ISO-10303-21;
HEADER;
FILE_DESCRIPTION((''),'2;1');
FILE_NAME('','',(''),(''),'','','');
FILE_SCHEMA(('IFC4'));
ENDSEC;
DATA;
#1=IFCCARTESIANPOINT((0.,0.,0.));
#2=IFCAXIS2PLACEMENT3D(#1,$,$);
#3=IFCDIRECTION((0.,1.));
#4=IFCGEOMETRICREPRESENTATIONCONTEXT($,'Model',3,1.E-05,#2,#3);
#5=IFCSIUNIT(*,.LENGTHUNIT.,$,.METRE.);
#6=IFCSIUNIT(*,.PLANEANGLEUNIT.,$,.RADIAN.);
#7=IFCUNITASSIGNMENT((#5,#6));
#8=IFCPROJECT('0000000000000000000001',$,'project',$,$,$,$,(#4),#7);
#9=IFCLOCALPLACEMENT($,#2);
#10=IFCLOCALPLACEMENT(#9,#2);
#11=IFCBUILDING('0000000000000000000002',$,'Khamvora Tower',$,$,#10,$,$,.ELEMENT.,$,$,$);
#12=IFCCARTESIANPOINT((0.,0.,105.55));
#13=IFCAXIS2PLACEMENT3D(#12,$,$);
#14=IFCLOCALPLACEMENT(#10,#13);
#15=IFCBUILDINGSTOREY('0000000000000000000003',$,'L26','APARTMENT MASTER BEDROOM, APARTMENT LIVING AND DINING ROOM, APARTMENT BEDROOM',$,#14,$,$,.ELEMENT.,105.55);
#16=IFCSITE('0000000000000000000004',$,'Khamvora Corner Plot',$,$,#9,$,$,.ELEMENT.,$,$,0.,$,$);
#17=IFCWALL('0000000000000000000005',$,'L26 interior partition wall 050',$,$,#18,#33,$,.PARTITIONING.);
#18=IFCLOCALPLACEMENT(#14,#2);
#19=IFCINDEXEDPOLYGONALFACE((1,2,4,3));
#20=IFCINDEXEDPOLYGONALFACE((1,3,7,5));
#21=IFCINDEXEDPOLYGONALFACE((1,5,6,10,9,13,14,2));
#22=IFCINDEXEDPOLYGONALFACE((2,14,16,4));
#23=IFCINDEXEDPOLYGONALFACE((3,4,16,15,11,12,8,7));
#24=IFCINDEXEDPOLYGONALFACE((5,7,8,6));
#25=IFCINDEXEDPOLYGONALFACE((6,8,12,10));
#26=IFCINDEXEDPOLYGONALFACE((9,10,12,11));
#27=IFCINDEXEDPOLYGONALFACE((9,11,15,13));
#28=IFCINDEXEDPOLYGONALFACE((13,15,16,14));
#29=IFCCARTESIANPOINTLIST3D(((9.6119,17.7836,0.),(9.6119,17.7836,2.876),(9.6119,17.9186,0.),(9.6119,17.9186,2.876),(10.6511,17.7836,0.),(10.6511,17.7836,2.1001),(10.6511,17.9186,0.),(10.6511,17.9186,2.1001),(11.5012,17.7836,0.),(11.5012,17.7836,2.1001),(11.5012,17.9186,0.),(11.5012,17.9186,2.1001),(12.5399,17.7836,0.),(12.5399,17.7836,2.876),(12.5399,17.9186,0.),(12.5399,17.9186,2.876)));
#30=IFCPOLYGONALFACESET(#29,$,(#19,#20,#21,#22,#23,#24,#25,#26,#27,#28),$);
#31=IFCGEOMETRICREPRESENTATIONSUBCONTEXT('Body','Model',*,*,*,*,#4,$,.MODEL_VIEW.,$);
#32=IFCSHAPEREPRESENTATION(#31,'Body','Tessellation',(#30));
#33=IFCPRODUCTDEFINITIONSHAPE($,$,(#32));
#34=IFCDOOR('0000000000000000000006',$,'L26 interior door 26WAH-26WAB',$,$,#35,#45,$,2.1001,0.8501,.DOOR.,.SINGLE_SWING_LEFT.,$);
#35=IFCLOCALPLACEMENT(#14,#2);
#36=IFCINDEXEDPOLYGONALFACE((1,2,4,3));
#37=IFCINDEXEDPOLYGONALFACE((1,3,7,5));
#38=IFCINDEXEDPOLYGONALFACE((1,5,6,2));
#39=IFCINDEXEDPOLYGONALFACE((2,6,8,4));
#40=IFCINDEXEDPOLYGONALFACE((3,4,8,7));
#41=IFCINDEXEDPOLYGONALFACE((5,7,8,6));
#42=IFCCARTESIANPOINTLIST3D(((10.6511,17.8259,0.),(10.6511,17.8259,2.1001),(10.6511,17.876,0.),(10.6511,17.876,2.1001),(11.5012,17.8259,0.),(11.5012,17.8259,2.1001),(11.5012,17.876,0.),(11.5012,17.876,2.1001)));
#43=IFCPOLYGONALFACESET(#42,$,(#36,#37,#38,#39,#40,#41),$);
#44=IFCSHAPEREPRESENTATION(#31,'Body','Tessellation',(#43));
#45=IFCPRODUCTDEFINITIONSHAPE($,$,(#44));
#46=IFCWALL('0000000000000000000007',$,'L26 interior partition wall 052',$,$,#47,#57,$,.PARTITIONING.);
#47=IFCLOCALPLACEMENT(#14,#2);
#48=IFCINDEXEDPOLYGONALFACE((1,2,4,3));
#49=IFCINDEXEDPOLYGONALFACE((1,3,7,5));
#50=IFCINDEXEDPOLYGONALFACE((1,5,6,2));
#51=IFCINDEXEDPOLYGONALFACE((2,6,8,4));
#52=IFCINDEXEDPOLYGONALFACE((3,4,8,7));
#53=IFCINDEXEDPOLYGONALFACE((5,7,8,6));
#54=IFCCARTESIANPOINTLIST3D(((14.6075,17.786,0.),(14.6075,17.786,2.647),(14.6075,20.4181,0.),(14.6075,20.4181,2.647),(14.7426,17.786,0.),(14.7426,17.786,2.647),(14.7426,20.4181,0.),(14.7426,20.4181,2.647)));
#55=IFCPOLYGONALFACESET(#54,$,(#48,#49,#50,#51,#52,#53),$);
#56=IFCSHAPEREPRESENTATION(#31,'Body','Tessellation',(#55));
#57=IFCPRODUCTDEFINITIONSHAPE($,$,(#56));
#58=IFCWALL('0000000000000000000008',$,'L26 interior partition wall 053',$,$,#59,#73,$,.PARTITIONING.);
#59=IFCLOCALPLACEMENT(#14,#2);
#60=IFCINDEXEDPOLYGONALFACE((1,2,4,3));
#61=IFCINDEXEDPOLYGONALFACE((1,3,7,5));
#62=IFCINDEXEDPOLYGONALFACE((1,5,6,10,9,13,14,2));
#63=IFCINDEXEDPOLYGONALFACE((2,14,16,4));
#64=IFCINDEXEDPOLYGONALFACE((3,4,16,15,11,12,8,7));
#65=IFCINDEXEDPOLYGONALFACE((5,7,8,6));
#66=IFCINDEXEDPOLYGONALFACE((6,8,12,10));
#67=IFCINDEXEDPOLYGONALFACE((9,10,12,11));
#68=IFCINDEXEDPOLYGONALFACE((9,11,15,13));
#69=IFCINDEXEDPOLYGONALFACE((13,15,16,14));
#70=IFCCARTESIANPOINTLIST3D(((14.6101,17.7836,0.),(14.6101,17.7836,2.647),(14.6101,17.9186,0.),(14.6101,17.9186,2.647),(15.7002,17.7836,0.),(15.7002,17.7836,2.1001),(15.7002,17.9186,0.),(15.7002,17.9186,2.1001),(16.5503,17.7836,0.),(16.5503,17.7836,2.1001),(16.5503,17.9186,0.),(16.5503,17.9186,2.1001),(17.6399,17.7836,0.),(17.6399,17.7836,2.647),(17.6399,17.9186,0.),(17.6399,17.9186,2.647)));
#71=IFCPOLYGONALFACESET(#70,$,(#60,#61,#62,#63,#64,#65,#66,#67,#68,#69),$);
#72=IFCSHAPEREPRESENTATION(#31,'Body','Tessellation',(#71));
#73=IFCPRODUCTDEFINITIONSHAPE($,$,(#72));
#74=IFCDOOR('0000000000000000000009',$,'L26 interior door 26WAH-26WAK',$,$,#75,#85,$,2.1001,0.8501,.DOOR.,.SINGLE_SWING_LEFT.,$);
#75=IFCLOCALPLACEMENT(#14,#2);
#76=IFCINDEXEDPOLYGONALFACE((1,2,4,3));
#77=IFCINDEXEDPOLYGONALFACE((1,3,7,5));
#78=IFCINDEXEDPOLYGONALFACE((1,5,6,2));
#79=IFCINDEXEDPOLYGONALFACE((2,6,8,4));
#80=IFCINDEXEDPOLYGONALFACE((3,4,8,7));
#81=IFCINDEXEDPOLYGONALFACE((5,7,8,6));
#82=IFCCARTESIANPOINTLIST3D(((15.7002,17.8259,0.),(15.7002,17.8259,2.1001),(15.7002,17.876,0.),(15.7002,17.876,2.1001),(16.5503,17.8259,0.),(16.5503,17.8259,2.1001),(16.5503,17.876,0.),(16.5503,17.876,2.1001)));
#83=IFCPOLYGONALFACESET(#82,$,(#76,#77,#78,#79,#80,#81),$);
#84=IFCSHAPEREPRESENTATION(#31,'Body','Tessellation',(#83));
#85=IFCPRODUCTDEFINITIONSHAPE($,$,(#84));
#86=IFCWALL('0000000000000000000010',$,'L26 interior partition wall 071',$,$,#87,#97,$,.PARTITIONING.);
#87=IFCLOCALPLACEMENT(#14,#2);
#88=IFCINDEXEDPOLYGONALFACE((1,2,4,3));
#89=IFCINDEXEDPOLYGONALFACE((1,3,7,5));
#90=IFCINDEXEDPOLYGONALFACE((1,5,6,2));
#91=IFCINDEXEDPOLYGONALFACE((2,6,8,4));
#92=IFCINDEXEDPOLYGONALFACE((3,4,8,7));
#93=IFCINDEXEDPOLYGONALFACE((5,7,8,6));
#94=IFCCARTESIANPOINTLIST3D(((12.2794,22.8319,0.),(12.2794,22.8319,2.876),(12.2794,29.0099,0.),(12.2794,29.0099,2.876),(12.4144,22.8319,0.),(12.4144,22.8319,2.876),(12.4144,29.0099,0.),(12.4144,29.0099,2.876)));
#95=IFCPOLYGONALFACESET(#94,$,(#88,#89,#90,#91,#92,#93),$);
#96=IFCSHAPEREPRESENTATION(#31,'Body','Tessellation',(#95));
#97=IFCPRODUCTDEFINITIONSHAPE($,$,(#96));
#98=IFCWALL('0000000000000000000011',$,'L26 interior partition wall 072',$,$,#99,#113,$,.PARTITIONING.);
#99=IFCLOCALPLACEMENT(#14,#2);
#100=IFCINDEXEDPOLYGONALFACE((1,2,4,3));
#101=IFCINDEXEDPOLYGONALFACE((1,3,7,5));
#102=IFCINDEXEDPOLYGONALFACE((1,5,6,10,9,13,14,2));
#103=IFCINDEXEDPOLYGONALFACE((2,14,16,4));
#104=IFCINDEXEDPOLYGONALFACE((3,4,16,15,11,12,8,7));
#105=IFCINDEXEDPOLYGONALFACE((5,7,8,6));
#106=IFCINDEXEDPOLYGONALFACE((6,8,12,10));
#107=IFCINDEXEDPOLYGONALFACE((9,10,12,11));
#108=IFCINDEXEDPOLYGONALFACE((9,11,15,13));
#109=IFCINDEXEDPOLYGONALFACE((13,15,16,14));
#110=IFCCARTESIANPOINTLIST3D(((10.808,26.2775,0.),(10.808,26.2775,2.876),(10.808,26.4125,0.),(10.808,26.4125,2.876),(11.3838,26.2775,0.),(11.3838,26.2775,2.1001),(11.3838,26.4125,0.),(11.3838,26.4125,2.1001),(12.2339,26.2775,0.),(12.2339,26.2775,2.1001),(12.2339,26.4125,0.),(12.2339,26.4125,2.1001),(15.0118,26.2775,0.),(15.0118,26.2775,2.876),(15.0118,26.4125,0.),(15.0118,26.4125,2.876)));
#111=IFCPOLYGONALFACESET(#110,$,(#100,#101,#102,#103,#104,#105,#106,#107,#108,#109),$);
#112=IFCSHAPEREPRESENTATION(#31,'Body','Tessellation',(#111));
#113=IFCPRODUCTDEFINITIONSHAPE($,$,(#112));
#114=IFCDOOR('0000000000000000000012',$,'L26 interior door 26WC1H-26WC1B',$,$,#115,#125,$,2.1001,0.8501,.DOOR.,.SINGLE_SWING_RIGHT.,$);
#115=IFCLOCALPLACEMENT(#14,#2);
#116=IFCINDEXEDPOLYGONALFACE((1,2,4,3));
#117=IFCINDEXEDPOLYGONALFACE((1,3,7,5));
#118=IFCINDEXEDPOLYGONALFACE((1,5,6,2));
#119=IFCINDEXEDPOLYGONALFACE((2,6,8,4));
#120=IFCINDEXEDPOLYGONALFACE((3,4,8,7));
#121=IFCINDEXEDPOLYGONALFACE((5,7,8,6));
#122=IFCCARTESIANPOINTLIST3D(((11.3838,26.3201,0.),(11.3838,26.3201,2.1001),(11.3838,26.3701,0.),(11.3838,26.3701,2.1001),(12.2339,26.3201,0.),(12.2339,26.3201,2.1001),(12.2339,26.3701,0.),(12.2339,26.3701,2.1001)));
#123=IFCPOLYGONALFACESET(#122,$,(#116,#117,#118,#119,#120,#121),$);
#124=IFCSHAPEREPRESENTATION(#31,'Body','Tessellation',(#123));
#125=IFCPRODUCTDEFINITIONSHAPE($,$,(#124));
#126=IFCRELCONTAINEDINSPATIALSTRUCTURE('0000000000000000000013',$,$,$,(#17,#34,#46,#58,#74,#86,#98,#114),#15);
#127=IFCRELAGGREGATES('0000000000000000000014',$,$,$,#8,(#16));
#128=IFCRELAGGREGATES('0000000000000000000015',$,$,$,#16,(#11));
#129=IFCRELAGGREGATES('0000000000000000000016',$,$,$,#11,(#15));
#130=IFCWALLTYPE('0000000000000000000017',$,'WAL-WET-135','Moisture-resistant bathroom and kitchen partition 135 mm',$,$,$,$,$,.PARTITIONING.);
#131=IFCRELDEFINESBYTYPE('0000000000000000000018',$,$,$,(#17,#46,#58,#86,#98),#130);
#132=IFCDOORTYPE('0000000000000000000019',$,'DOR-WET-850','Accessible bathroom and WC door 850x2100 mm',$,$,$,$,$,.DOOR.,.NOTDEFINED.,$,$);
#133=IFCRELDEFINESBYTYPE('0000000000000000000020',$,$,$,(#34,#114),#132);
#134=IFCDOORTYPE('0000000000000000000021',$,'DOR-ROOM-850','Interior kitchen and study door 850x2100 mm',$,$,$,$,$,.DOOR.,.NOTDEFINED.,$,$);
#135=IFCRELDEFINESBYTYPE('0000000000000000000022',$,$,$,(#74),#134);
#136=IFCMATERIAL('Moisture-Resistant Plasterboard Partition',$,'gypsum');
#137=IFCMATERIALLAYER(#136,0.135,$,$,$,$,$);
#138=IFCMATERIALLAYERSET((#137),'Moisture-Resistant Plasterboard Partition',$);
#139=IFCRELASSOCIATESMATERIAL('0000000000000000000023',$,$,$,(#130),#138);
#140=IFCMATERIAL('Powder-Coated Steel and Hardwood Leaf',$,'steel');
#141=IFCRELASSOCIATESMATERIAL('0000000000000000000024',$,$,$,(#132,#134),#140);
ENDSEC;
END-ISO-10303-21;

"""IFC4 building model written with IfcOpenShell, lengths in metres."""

from ifc_helpers import new_model, si_unit, direction, frame, frame_2d, origin, place, context, subcontext, project, spatial, rectangle, extrude, material, layer, layer_set, type_object, element, fill, save


model = new_model("IFC4")

# Units and contexts
model_context = context("Model", 3, precision=1e-05, world=origin(), true_north=direction((0.0, 1.0)))
body_context = subcontext(model_context, "Body", "Model", "MODEL_VIEW")
ifc_project = project(units=[si_unit("LENGTHUNIT", "METRE"), si_unit("PLANEANGLEUNIT", "RADIAN")], contexts=[model_context])

# Site, building, storey
site_placement = place(None, origin())
site = spatial("IfcSite", under=ifc_project, at=site_placement, Name="Khamvora Corner Plot", CompositionType="ELEMENT", RefElevation=0.0)
building_placement = place(site_placement, origin())
building = spatial("IfcBuilding", under=site, at=building_placement, Name="Khamvora Tower", CompositionType="ELEMENT")
storey_placement = place(building_placement, frame((0.0, 0.0, 105.55)))
storey = spatial("IfcBuildingStorey", under=building, at=storey_placement, Name="L26", Description="APARTMENT MASTER BEDROOM, APARTMENT LIVING AND DINING ROOM, APARTMENT BEDROOM", CompositionType="ELEMENT", Elevation=105.55)

# Shared definitions
ifc_material_1 = material(Name="Powder-Coated Steel and Hardwood Leaf", Category="steel")

# Wall, opening, door
ifc_material_2 = material(Name="Moisture-Resistant Plasterboard Partition", Category="gypsum")
ifc_layer_1 = layer(ifc_material_2, 0.135)
ifc_layer_set_1 = layer_set([ifc_layer_1], Name="Moisture-Resistant Plasterboard Partition")
wall_type_1 = type_object("IfcWallType", Name="WAL-WET-135", Description="Moisture-resistant bathroom and kitchen partition 135 mm", PredefinedType="PARTITIONING", material=ifc_layer_set_1)
wall_1_placement = place(storey_placement, frame((9.6121, 17.8511, 0.0), z_axis=(0.0, 0.0, 1.0), x_axis=(1.0, 0.0, 0.0)))
wall_1 = element("IfcWall", 1, at=wall_1_placement, inside=storey, type_object=wall_type_1, Name="L26 interior partition wall 050", PredefinedType="PARTITIONING", context=body_context, shape_type="SweptSolid", body=[
    extrude(rectangle(XDim=2.928, YDim=0.135, at=frame_2d((1.4639, 0.0))), origin(), (0.0, 0.0, 1.0), 2.876),
])
opening_1_placement = place(wall_1_placement, frame((1.0391, 0.0, 0.0)))
opening_1 = element("IfcOpeningElement", 2, at=opening_1_placement, cuts=wall_1, PredefinedType="OPENING", context=body_context, shape_type="SweptSolid", body=[
    extrude(rectangle(XDim=0.8501, YDim=2.1001, at=frame_2d((0.425, 1.05))), frame((0.0, 0.0774, 0.0), z_axis=(0.0, -1.0, 0.0), x_axis=(1.0, 0.0, 0.0)), (0.0, 0.0, 1.0), 0.155),
])
door_type_1 = type_object("IfcDoorType", Name="DOR-WET-850", Description="Accessible bathroom and WC door 850x2100 mm", OperationType="NOTDEFINED", PredefinedType="DOOR", material=ifc_material_1)
door_1_placement = place(opening_1_placement, origin())
door_1 = element("IfcDoor", 3, at=door_1_placement, inside=storey, type_object=door_type_1, Name="L26 interior door 26WAH-26WAB", OperationType="SINGLE_SWING_LEFT", OverallHeight=2.1001, OverallWidth=0.8501, PredefinedType="DOOR", context=body_context, shape_type="SweptSolid", body=[
    extrude(rectangle(XDim=0.8501, YDim=2.1001, at=frame_2d((0.425, 1.05))), frame((0.0, 0.0249, 0.0), z_axis=(0.0, -1.0, 0.0), x_axis=(1.0, 0.0, 0.0)), (0.0, 0.0, 1.0), 0.05),
])
fill(opening_1, door_1)

# Wall
wall_2_placement = place(storey_placement, frame((14.675, 20.418, 0.0), z_axis=(0.0, 0.0, 1.0), x_axis=(0.0, -1.0, 0.0)))
element("IfcWall", 4, at=wall_2_placement, inside=storey, type_object=wall_type_1, Name="L26 interior partition wall 052", PredefinedType="PARTITIONING", context=body_context, shape_type="SweptSolid", body=[
    extrude(rectangle(XDim=2.6321, YDim=0.135, at=frame_2d((1.3159, 0.0))), origin(), (0.0, 0.0, 1.0), 2.647),
])

# Wall, opening, door
wall_3_placement = place(storey_placement, frame((14.6101, 17.8511, 0.0), z_axis=(0.0, 0.0, 1.0), x_axis=(1.0, 0.0, 0.0)))
wall_3 = element("IfcWall", 5, at=wall_3_placement, inside=storey, type_object=wall_type_1, Name="L26 interior partition wall 053", PredefinedType="PARTITIONING", context=body_context, shape_type="SweptSolid", body=[
    extrude(rectangle(XDim=3.0298, YDim=0.135, at=frame_2d((1.5149, 0.0))), origin(), (0.0, 0.0, 1.0), 2.647),
])
opening_2_placement = place(wall_3_placement, frame((1.0901, 0.0, 0.0)))
opening_2 = element("IfcOpeningElement", 6, at=opening_2_placement, cuts=wall_3, PredefinedType="OPENING", context=body_context, shape_type="SweptSolid", body=[
    extrude(rectangle(XDim=0.8501, YDim=2.1001, at=frame_2d((0.425, 1.05))), frame((0.0, 0.0774, 0.0), z_axis=(0.0, -1.0, 0.0), x_axis=(1.0, 0.0, 0.0)), (0.0, 0.0, 1.0), 0.155),
])
door_type_2 = type_object("IfcDoorType", Name="DOR-ROOM-850", Description="Interior kitchen and study door 850x2100 mm", OperationType="NOTDEFINED", PredefinedType="DOOR", material=ifc_material_1)
door_2_placement = place(opening_2_placement, origin())
door_2 = element("IfcDoor", 7, at=door_2_placement, inside=storey, type_object=door_type_2, Name="L26 interior door 26WAH-26WAK", OperationType="SINGLE_SWING_LEFT", OverallHeight=2.1001, OverallWidth=0.8501, PredefinedType="DOOR", context=body_context, shape_type="SweptSolid", body=[
    extrude(rectangle(XDim=0.8501, YDim=2.1001, at=frame_2d((0.425, 1.05))), frame((0.0, 0.0249, 0.0), z_axis=(0.0, -1.0, 0.0), x_axis=(1.0, 0.0, 0.0)), (0.0, 0.0, 1.0), 0.05),
])
fill(opening_2, door_2)

# Wall
wall_4_placement = place(storey_placement, frame((12.3469, 22.832, 0.0), z_axis=(0.0, 0.0, 1.0), x_axis=(0.0, 1.0, 0.0)))
element("IfcWall", 8, at=wall_4_placement, inside=storey, type_object=wall_type_1, Name="L26 interior partition wall 071", PredefinedType="PARTITIONING", context=body_context, shape_type="SweptSolid", body=[
    extrude(rectangle(XDim=6.178, YDim=0.135, at=frame_2d((3.0889, 0.0))), origin(), (0.0, 0.0, 1.0), 2.876),
])

# Wall, opening, door
wall_5_placement = place(storey_placement, frame((15.012, 26.345, 0.0), z_axis=(0.0, 0.0, 1.0), x_axis=(-1.0, 0.0, 0.0)))
wall_5 = element("IfcWall", 9, at=wall_5_placement, inside=storey, type_object=wall_type_1, Name="L26 interior partition wall 072", PredefinedType="PARTITIONING", context=body_context, shape_type="SweptSolid", body=[
    extrude(rectangle(XDim=4.2039, YDim=0.135, at=frame_2d((2.1021, 0.0))), origin(), (0.0, 0.0, 1.0), 2.876),
])
opening_3_placement = place(wall_5_placement, frame((2.7781, 0.0, 0.0)))
opening_3 = element("IfcOpeningElement", 10, at=opening_3_placement, cuts=wall_5, PredefinedType="OPENING", context=body_context, shape_type="SweptSolid", body=[
    extrude(rectangle(XDim=0.8501, YDim=2.1001, at=frame_2d((0.425, 1.05))), frame((0.0, 0.0774, 0.0), z_axis=(0.0, -1.0, 0.0), x_axis=(1.0, 0.0, 0.0)), (0.0, 0.0, 1.0), 0.155),
])
door_3_placement = place(opening_3_placement, origin())
door_3 = element("IfcDoor", 11, at=door_3_placement, inside=storey, type_object=door_type_1, Name="L26 interior door 26WC1H-26WC1B", OperationType="SINGLE_SWING_RIGHT", OverallHeight=2.1001, OverallWidth=0.8501, PredefinedType="DOOR", context=body_context, shape_type="SweptSolid", body=[
    extrude(rectangle(XDim=0.8501, YDim=2.1001, at=frame_2d((0.425, 1.05))), frame((0.0, 0.0249, 0.0), z_axis=(0.0, -1.0, 0.0), x_axis=(1.0, 0.0, 0.0)), (0.0, 0.0, 1.0), 0.05),
])
fill(opening_3, door_3)

save(model, "model.ifc")
